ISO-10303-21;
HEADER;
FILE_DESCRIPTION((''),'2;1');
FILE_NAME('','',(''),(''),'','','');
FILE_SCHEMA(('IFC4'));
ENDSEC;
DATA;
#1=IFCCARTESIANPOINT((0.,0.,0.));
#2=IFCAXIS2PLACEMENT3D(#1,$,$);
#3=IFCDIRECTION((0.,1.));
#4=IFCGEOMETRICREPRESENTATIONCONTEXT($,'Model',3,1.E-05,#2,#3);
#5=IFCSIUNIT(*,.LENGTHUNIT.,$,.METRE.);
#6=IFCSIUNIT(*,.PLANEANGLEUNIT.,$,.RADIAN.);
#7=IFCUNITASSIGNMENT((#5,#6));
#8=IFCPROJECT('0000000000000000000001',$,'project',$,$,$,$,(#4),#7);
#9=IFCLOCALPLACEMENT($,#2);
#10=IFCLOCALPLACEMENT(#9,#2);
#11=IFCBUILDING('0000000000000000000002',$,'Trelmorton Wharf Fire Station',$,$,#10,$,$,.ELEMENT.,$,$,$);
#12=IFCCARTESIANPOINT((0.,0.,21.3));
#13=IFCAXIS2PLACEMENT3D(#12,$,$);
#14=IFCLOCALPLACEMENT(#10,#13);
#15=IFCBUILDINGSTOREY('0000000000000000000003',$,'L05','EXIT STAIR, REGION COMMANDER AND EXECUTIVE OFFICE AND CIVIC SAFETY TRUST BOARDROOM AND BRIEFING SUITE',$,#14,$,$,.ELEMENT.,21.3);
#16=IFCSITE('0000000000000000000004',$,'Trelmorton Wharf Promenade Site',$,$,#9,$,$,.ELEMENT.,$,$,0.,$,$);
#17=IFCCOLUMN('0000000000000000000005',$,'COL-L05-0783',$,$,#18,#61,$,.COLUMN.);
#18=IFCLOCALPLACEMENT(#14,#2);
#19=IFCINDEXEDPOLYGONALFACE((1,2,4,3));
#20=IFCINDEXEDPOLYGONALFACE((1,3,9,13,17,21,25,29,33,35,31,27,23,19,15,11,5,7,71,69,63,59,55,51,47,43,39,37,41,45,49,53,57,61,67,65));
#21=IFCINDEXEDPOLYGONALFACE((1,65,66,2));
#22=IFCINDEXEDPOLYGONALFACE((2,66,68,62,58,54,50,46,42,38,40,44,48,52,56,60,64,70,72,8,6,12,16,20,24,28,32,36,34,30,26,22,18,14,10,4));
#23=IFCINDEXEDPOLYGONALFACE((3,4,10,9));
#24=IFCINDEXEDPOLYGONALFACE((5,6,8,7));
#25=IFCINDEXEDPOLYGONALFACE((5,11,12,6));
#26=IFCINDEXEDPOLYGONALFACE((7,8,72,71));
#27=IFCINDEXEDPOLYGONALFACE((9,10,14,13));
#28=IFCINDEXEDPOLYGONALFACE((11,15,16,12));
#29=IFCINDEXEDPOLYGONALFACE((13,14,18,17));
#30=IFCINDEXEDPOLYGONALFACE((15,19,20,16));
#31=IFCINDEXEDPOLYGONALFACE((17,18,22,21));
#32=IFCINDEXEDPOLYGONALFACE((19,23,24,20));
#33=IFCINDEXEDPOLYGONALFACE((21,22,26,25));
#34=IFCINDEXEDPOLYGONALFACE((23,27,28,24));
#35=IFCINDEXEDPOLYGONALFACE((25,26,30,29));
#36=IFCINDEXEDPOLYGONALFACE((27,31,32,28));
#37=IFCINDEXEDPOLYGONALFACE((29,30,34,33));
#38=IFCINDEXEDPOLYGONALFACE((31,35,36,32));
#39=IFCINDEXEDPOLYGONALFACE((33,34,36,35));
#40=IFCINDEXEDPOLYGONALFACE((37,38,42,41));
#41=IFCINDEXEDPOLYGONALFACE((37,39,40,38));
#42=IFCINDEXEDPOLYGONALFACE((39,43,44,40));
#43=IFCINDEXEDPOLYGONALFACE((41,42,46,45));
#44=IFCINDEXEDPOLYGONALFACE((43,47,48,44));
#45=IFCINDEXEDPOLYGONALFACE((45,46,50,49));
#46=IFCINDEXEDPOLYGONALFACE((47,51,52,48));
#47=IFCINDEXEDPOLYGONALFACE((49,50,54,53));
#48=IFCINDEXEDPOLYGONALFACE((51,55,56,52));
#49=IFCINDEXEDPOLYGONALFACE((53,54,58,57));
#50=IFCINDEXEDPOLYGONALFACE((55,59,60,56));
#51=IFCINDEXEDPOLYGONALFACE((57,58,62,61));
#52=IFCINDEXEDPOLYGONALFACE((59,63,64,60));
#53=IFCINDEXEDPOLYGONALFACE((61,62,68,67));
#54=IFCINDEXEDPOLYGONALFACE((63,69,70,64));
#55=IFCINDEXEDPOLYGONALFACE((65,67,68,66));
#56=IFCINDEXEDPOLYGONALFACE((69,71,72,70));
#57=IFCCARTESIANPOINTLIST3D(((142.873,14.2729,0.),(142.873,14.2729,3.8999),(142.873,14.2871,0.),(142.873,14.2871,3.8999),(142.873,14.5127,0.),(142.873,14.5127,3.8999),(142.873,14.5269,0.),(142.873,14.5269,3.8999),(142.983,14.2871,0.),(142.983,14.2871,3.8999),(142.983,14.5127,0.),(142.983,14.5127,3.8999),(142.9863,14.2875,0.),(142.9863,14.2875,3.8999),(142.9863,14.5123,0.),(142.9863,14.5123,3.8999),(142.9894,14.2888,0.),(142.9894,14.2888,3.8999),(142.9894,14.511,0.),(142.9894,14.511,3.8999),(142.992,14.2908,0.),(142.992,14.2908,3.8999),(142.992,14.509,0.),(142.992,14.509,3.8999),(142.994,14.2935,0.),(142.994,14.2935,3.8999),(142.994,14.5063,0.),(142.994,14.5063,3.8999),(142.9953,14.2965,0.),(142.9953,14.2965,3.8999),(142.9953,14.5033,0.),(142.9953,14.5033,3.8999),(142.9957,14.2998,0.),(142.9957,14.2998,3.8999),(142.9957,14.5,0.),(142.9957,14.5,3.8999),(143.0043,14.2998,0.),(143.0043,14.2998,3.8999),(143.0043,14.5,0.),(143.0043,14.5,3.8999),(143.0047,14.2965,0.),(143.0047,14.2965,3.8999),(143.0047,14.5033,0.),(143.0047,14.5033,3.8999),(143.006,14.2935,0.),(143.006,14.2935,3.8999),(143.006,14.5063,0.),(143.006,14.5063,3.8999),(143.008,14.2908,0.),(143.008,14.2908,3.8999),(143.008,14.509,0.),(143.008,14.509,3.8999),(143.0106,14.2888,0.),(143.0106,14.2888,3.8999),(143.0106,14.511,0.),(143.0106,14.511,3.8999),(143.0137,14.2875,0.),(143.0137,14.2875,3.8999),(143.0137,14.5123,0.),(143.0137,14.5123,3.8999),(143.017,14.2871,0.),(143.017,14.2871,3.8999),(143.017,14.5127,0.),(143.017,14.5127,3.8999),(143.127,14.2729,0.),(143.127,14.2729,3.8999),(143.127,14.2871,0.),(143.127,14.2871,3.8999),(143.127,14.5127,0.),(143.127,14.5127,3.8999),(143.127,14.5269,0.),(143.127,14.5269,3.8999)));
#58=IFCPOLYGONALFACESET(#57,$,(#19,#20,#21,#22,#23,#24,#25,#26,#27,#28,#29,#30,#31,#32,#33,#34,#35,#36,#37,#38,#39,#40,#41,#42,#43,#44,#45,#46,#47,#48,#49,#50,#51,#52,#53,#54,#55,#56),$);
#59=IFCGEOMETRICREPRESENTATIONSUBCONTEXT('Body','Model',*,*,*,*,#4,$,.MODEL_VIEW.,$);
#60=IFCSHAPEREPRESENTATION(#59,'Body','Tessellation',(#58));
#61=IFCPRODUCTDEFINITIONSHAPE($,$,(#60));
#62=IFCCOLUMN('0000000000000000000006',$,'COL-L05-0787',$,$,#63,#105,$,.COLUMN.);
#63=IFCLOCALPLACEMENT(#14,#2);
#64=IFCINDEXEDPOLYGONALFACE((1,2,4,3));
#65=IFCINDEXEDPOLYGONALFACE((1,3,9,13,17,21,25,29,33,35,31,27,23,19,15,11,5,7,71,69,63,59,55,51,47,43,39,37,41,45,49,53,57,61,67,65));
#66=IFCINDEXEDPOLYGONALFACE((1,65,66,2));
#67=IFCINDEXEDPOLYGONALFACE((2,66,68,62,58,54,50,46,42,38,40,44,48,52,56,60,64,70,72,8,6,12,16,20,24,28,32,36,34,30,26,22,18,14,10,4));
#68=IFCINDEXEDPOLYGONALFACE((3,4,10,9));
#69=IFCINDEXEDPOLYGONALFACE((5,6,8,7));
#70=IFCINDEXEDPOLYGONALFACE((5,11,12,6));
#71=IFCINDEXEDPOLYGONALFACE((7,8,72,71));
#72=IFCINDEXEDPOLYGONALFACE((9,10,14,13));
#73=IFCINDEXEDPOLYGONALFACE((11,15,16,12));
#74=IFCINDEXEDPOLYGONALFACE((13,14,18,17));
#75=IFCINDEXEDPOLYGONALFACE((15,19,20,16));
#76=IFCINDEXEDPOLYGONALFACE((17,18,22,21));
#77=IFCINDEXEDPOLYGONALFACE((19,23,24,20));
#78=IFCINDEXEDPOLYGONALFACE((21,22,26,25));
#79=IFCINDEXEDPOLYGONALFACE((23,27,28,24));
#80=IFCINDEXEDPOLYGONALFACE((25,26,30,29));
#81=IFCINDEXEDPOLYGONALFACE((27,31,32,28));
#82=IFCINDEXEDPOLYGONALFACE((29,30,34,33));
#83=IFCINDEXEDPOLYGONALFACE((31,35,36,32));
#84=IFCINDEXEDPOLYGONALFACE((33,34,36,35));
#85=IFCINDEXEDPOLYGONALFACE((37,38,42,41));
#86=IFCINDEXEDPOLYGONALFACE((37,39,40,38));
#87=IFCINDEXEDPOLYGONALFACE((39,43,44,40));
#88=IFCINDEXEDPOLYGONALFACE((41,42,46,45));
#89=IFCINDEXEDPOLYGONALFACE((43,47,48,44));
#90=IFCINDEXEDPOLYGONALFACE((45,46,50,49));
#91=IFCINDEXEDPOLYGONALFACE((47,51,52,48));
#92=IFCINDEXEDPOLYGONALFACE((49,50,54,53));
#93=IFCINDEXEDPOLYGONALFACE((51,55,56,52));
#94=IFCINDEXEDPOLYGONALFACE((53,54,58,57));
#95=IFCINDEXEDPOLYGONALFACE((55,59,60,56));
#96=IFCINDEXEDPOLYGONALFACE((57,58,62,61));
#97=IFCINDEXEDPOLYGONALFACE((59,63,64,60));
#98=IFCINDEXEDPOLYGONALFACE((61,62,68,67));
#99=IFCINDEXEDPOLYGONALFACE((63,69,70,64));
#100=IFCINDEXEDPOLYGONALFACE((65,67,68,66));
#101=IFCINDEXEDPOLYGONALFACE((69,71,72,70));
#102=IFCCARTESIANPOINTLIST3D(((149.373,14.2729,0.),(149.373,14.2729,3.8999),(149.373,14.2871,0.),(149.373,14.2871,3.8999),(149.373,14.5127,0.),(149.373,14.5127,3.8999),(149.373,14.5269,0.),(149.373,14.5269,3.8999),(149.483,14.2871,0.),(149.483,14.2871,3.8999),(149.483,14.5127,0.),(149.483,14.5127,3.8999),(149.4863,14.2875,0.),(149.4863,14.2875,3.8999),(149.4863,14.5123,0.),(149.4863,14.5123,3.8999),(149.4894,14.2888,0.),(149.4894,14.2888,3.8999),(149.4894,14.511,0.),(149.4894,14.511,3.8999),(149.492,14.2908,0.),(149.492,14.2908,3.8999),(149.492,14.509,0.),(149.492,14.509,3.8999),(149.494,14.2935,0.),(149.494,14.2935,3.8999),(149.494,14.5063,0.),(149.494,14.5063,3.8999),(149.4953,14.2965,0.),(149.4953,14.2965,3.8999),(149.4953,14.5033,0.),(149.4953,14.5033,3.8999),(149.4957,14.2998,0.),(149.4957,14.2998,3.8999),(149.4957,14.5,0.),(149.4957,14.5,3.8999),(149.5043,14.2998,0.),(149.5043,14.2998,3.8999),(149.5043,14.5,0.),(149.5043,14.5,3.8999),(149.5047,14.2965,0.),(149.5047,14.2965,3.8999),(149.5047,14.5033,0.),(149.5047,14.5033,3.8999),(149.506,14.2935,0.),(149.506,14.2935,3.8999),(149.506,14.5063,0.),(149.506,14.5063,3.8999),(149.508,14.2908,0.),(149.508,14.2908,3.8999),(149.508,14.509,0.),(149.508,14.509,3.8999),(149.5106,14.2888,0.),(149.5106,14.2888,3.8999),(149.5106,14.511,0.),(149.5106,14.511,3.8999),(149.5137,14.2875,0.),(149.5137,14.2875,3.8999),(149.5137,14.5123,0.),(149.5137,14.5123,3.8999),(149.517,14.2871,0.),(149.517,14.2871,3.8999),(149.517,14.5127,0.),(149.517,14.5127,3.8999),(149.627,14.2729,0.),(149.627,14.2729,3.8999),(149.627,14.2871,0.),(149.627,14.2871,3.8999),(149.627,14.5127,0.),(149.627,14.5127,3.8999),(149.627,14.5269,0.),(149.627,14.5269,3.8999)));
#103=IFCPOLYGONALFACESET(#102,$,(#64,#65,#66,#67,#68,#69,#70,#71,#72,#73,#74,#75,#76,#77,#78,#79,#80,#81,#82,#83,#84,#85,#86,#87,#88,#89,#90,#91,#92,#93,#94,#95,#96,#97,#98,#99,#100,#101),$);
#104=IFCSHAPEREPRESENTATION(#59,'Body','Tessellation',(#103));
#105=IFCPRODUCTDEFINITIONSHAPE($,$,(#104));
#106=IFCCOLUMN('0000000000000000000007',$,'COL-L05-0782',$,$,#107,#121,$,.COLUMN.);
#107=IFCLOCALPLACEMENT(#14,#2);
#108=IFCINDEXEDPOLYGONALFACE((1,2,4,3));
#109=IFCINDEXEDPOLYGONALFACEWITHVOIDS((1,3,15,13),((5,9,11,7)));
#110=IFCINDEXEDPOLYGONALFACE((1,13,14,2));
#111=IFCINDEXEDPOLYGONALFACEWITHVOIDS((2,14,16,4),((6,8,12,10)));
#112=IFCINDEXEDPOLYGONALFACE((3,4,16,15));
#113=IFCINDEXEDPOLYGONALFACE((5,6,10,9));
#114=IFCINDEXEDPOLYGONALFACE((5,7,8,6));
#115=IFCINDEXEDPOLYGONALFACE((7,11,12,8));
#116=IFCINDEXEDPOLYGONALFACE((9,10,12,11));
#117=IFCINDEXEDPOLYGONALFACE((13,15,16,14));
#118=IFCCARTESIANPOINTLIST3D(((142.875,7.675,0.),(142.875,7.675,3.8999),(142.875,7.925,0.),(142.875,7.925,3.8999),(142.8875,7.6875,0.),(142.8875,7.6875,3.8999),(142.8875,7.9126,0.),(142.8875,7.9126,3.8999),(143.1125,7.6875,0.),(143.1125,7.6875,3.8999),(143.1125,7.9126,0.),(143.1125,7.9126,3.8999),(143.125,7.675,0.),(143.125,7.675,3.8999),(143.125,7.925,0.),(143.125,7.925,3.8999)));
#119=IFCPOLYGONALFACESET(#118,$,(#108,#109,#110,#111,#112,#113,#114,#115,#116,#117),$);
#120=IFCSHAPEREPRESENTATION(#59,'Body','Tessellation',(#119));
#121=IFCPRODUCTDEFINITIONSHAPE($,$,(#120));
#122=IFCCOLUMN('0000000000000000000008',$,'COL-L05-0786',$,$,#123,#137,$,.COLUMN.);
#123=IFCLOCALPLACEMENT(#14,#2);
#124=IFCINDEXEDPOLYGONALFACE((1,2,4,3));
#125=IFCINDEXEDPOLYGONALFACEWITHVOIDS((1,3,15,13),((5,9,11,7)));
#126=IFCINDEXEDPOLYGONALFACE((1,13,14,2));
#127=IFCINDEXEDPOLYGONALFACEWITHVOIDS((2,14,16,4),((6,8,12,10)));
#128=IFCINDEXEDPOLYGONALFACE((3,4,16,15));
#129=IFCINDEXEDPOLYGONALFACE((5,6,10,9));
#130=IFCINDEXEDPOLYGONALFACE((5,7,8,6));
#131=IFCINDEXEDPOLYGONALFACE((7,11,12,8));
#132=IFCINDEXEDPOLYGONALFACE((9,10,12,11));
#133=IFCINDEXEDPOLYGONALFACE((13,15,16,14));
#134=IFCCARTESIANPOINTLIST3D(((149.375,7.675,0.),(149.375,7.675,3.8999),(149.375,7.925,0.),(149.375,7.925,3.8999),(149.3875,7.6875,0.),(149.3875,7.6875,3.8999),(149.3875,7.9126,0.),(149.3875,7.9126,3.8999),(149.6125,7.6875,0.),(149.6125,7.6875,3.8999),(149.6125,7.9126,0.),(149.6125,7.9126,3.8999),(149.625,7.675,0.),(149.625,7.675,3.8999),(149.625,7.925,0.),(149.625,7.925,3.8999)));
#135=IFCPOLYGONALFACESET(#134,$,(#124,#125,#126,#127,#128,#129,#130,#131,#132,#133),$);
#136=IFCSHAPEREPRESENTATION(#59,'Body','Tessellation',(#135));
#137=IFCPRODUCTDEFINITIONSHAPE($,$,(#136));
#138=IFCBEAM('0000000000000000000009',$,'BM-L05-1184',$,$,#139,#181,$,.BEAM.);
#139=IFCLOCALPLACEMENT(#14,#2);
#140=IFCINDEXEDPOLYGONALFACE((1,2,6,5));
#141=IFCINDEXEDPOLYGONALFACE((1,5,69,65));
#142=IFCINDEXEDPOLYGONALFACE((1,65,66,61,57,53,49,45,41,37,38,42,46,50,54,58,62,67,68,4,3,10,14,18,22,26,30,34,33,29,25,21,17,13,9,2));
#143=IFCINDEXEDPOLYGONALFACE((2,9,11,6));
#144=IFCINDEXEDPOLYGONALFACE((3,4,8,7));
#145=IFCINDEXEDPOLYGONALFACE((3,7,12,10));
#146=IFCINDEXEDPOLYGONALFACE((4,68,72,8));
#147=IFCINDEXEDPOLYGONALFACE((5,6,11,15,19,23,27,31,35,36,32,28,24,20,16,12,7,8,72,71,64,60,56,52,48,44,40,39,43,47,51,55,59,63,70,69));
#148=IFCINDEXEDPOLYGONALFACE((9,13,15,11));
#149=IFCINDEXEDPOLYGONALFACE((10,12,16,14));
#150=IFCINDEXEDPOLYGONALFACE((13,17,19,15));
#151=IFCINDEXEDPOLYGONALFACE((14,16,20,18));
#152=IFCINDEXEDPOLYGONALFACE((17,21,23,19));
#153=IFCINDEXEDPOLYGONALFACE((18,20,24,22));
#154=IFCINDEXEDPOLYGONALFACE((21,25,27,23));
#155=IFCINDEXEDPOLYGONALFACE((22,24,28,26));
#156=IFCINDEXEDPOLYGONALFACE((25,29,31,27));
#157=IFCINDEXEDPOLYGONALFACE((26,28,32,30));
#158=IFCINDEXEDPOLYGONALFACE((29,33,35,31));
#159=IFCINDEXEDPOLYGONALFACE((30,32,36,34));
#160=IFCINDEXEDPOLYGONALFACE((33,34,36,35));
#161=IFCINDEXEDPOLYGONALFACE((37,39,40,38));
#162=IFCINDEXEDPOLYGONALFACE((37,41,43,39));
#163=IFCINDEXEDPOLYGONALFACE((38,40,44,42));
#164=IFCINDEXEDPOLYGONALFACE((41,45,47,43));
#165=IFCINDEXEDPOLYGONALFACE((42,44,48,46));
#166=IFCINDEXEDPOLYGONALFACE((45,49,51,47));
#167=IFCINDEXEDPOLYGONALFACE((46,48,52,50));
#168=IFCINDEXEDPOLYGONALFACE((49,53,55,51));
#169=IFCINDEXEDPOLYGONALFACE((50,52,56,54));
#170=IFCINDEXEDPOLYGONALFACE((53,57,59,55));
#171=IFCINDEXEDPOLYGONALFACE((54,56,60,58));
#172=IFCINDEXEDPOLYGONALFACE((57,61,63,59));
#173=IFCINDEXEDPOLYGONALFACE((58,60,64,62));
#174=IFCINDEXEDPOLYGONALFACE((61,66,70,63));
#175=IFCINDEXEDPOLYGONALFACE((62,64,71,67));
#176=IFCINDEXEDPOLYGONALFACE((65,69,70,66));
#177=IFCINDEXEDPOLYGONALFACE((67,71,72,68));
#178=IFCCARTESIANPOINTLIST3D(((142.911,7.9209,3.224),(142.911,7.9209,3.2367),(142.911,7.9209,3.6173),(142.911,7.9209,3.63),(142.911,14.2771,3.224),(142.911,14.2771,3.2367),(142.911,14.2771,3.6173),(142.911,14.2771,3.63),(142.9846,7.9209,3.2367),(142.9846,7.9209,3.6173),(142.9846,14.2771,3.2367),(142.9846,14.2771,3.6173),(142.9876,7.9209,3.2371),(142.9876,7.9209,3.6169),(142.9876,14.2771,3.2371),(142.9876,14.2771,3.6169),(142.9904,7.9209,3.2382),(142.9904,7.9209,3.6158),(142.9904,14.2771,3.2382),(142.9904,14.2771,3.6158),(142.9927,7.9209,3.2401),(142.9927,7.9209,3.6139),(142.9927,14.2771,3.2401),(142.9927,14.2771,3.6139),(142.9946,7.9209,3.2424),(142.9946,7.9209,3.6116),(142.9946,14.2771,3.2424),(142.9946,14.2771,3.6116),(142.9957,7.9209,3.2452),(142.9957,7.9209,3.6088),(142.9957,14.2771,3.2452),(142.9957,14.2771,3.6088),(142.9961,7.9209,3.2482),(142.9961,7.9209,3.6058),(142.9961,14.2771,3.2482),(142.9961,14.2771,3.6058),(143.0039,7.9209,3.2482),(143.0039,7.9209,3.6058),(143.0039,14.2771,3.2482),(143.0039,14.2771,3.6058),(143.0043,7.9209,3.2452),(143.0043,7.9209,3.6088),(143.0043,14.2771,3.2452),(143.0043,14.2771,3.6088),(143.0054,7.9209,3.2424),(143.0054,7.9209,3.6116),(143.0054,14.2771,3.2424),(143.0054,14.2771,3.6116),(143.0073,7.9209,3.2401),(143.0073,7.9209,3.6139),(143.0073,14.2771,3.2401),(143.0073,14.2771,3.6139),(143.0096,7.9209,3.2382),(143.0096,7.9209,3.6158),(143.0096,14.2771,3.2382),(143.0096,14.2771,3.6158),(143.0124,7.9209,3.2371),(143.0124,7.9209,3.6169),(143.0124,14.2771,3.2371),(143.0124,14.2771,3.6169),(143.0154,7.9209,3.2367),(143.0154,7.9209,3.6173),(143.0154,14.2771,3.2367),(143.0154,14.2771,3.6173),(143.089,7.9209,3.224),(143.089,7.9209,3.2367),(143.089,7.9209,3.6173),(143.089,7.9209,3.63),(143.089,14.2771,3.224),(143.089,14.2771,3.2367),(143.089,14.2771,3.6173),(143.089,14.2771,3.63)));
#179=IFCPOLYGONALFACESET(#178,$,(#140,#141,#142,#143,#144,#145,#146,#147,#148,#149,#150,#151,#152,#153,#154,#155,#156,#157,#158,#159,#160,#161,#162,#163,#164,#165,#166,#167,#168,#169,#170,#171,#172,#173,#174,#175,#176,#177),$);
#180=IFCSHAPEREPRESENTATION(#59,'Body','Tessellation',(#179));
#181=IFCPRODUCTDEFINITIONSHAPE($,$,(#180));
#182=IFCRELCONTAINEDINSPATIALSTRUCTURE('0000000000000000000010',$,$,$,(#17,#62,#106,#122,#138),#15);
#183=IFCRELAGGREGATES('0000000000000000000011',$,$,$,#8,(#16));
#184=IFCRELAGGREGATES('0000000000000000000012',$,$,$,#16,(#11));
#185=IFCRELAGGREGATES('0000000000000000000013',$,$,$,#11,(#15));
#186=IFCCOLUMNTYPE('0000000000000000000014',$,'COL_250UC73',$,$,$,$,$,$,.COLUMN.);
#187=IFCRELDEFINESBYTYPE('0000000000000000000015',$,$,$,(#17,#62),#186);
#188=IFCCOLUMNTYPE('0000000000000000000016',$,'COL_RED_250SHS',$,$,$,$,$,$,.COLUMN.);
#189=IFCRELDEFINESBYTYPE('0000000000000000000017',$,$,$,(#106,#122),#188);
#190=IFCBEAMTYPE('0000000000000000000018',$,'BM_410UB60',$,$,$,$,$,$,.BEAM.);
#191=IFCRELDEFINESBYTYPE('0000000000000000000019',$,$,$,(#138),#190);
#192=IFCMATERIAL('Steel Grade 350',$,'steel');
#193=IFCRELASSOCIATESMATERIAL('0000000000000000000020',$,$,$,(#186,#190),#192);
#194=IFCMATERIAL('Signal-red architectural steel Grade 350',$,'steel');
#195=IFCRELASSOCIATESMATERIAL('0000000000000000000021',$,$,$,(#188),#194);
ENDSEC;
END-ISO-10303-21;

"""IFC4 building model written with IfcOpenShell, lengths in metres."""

from ifc_helpers import new_model, si_unit, direction, frame, origin, origin_2d, place, context, subcontext, project, spatial, hollow_rectangle, i_section, extrude, material, material_profile, profile_set, type_object, element, save


model = new_model("IFC4")

# Units and contexts
model_context = context("Model", 3, precision=1e-05, world=origin(), true_north=direction((0.0, 1.0)))
body_context = subcontext(model_context, "Body", "Model", "MODEL_VIEW")
ifc_project = project(units=[si_unit("LENGTHUNIT", "METRE"), si_unit("PLANEANGLEUNIT", "RADIAN")], contexts=[model_context])

# Site, building, storey
site_placement = place(None, origin())
site = spatial("IfcSite", under=ifc_project, at=site_placement, Name="Trelmorton Wharf Promenade Site", CompositionType="ELEMENT", RefElevation=0.0)
building_placement = place(site_placement, origin())
building = spatial("IfcBuilding", under=site, at=building_placement, Name="Trelmorton Wharf Fire Station", CompositionType="ELEMENT")
storey_placement = place(building_placement, frame((0.0, 0.0, 21.3)))
storey = spatial("IfcBuildingStorey", under=building, at=storey_placement, Name="L05", Description="EXIT STAIR, REGION COMMANDER AND EXECUTIVE OFFICE AND CIVIC SAFETY TRUST BOARDROOM AND BRIEFING SUITE", CompositionType="ELEMENT", Elevation=21.3)

# Columns
ifc_material_1 = material(Name="Steel Grade 350", Category="steel")
ifc_material_profile_1 = material_profile(ifc_material_1, i_section(OverallWidth=0.2539, OverallDepth=0.2539, WebThickness=0.0085, FlangeThickness=0.0142, FilletRadius=0.0127, at=origin_2d()), Name="250UC72.9")
ifc_profile_set_1 = profile_set([ifc_material_profile_1], Name="Steel Grade 350")
column_type_1 = type_object("IfcColumnType", Name="COL_250UC73", PredefinedType="COLUMN", material=ifc_profile_set_1)
for number, where, z_axis, x_axis, name in (
    (1, (143.0, 14.3999, 0.0), (0.0, 0.0, 1.0), (1.0, 0.0, 0.0), "COL-L05-0783"),
    (2, (149.5, 14.3999, 0.0), (0.0, 0.0, 1.0), (1.0, 0.0, 0.0), "COL-L05-0787"),
):
    element("IfcColumn", number, at=place(storey_placement, frame(where, z_axis=z_axis, x_axis=x_axis)), inside=storey, type_object=column_type_1, Name=name, PredefinedType="COLUMN", context=body_context, shape_type="SweptSolid", body=[
        extrude(i_section(OverallWidth=0.2539, OverallDepth=0.2539, WebThickness=0.0085, FlangeThickness=0.0142, FilletRadius=0.0127, at=origin_2d()), origin(), (0.0, 0.0, 1.0), 3.8999),
    ])
ifc_material_2 = material(Name="Signal-red architectural steel Grade 350", Category="steel")
ifc_material_profile_2 = material_profile(ifc_material_2, hollow_rectangle(XDim=0.25, YDim=0.25, WallThickness=0.0125, at=origin_2d()), Name="250x250x12.5SHS")
ifc_profile_set_2 = profile_set([ifc_material_profile_2], Name="Signal-red architectural steel Grade 350")
column_type_2 = type_object("IfcColumnType", Name="COL_RED_250SHS", PredefinedType="COLUMN", material=ifc_profile_set_2)
for number, where, z_axis, x_axis, name in (
    (3, (143.0, 7.8, 0.0), (0.0, 0.0, 1.0), (1.0, 0.0, 0.0), "COL-L05-0782"),
    (4, (149.5, 7.8, 0.0), (0.0, 0.0, 1.0), (1.0, 0.0, 0.0), "COL-L05-0786"),
):
    element("IfcColumn", number, at=place(storey_placement, frame(where, z_axis=z_axis, x_axis=x_axis)), inside=storey, type_object=column_type_2, Name=name, PredefinedType="COLUMN", context=body_context, shape_type="SweptSolid", body=[
        extrude(hollow_rectangle(XDim=0.25, YDim=0.25, WallThickness=0.0125, at=origin_2d()), origin(), (0.0, 0.0, 1.0), 3.8999),
    ])

# Beam
ifc_material_profile_3 = material_profile(ifc_material_1, i_section(OverallWidth=0.178, OverallDepth=0.406, WebThickness=0.0078, FlangeThickness=0.0127, FilletRadius=0.0115, at=origin_2d()), Name="410UB59.7")
ifc_profile_set_3 = profile_set([ifc_material_profile_3], Name="Steel Grade 350")
beam_type_1 = type_object("IfcBeamType", Name="BM_410UB60", PredefinedType="BEAM", material=ifc_profile_set_3)
beam_1_placement = place(storey_placement, frame((143.0, 7.9209, 3.427), z_axis=(0.0, 1.0, 0.0), x_axis=(-1.0, 0.0, 0.0)))
element("IfcBeam", 5, at=beam_1_placement, inside=storey, type_object=beam_type_1, Name="BM-L05-1184", PredefinedType="BEAM", context=body_context, shape_type="SweptSolid", body=[
    extrude(i_section(OverallWidth=0.178, OverallDepth=0.406, WebThickness=0.0078, FlangeThickness=0.0127, FilletRadius=0.0115, at=origin_2d()), origin(), (0.0, 0.0, 1.0), 6.3562),
])

save(model, "model.ifc")
